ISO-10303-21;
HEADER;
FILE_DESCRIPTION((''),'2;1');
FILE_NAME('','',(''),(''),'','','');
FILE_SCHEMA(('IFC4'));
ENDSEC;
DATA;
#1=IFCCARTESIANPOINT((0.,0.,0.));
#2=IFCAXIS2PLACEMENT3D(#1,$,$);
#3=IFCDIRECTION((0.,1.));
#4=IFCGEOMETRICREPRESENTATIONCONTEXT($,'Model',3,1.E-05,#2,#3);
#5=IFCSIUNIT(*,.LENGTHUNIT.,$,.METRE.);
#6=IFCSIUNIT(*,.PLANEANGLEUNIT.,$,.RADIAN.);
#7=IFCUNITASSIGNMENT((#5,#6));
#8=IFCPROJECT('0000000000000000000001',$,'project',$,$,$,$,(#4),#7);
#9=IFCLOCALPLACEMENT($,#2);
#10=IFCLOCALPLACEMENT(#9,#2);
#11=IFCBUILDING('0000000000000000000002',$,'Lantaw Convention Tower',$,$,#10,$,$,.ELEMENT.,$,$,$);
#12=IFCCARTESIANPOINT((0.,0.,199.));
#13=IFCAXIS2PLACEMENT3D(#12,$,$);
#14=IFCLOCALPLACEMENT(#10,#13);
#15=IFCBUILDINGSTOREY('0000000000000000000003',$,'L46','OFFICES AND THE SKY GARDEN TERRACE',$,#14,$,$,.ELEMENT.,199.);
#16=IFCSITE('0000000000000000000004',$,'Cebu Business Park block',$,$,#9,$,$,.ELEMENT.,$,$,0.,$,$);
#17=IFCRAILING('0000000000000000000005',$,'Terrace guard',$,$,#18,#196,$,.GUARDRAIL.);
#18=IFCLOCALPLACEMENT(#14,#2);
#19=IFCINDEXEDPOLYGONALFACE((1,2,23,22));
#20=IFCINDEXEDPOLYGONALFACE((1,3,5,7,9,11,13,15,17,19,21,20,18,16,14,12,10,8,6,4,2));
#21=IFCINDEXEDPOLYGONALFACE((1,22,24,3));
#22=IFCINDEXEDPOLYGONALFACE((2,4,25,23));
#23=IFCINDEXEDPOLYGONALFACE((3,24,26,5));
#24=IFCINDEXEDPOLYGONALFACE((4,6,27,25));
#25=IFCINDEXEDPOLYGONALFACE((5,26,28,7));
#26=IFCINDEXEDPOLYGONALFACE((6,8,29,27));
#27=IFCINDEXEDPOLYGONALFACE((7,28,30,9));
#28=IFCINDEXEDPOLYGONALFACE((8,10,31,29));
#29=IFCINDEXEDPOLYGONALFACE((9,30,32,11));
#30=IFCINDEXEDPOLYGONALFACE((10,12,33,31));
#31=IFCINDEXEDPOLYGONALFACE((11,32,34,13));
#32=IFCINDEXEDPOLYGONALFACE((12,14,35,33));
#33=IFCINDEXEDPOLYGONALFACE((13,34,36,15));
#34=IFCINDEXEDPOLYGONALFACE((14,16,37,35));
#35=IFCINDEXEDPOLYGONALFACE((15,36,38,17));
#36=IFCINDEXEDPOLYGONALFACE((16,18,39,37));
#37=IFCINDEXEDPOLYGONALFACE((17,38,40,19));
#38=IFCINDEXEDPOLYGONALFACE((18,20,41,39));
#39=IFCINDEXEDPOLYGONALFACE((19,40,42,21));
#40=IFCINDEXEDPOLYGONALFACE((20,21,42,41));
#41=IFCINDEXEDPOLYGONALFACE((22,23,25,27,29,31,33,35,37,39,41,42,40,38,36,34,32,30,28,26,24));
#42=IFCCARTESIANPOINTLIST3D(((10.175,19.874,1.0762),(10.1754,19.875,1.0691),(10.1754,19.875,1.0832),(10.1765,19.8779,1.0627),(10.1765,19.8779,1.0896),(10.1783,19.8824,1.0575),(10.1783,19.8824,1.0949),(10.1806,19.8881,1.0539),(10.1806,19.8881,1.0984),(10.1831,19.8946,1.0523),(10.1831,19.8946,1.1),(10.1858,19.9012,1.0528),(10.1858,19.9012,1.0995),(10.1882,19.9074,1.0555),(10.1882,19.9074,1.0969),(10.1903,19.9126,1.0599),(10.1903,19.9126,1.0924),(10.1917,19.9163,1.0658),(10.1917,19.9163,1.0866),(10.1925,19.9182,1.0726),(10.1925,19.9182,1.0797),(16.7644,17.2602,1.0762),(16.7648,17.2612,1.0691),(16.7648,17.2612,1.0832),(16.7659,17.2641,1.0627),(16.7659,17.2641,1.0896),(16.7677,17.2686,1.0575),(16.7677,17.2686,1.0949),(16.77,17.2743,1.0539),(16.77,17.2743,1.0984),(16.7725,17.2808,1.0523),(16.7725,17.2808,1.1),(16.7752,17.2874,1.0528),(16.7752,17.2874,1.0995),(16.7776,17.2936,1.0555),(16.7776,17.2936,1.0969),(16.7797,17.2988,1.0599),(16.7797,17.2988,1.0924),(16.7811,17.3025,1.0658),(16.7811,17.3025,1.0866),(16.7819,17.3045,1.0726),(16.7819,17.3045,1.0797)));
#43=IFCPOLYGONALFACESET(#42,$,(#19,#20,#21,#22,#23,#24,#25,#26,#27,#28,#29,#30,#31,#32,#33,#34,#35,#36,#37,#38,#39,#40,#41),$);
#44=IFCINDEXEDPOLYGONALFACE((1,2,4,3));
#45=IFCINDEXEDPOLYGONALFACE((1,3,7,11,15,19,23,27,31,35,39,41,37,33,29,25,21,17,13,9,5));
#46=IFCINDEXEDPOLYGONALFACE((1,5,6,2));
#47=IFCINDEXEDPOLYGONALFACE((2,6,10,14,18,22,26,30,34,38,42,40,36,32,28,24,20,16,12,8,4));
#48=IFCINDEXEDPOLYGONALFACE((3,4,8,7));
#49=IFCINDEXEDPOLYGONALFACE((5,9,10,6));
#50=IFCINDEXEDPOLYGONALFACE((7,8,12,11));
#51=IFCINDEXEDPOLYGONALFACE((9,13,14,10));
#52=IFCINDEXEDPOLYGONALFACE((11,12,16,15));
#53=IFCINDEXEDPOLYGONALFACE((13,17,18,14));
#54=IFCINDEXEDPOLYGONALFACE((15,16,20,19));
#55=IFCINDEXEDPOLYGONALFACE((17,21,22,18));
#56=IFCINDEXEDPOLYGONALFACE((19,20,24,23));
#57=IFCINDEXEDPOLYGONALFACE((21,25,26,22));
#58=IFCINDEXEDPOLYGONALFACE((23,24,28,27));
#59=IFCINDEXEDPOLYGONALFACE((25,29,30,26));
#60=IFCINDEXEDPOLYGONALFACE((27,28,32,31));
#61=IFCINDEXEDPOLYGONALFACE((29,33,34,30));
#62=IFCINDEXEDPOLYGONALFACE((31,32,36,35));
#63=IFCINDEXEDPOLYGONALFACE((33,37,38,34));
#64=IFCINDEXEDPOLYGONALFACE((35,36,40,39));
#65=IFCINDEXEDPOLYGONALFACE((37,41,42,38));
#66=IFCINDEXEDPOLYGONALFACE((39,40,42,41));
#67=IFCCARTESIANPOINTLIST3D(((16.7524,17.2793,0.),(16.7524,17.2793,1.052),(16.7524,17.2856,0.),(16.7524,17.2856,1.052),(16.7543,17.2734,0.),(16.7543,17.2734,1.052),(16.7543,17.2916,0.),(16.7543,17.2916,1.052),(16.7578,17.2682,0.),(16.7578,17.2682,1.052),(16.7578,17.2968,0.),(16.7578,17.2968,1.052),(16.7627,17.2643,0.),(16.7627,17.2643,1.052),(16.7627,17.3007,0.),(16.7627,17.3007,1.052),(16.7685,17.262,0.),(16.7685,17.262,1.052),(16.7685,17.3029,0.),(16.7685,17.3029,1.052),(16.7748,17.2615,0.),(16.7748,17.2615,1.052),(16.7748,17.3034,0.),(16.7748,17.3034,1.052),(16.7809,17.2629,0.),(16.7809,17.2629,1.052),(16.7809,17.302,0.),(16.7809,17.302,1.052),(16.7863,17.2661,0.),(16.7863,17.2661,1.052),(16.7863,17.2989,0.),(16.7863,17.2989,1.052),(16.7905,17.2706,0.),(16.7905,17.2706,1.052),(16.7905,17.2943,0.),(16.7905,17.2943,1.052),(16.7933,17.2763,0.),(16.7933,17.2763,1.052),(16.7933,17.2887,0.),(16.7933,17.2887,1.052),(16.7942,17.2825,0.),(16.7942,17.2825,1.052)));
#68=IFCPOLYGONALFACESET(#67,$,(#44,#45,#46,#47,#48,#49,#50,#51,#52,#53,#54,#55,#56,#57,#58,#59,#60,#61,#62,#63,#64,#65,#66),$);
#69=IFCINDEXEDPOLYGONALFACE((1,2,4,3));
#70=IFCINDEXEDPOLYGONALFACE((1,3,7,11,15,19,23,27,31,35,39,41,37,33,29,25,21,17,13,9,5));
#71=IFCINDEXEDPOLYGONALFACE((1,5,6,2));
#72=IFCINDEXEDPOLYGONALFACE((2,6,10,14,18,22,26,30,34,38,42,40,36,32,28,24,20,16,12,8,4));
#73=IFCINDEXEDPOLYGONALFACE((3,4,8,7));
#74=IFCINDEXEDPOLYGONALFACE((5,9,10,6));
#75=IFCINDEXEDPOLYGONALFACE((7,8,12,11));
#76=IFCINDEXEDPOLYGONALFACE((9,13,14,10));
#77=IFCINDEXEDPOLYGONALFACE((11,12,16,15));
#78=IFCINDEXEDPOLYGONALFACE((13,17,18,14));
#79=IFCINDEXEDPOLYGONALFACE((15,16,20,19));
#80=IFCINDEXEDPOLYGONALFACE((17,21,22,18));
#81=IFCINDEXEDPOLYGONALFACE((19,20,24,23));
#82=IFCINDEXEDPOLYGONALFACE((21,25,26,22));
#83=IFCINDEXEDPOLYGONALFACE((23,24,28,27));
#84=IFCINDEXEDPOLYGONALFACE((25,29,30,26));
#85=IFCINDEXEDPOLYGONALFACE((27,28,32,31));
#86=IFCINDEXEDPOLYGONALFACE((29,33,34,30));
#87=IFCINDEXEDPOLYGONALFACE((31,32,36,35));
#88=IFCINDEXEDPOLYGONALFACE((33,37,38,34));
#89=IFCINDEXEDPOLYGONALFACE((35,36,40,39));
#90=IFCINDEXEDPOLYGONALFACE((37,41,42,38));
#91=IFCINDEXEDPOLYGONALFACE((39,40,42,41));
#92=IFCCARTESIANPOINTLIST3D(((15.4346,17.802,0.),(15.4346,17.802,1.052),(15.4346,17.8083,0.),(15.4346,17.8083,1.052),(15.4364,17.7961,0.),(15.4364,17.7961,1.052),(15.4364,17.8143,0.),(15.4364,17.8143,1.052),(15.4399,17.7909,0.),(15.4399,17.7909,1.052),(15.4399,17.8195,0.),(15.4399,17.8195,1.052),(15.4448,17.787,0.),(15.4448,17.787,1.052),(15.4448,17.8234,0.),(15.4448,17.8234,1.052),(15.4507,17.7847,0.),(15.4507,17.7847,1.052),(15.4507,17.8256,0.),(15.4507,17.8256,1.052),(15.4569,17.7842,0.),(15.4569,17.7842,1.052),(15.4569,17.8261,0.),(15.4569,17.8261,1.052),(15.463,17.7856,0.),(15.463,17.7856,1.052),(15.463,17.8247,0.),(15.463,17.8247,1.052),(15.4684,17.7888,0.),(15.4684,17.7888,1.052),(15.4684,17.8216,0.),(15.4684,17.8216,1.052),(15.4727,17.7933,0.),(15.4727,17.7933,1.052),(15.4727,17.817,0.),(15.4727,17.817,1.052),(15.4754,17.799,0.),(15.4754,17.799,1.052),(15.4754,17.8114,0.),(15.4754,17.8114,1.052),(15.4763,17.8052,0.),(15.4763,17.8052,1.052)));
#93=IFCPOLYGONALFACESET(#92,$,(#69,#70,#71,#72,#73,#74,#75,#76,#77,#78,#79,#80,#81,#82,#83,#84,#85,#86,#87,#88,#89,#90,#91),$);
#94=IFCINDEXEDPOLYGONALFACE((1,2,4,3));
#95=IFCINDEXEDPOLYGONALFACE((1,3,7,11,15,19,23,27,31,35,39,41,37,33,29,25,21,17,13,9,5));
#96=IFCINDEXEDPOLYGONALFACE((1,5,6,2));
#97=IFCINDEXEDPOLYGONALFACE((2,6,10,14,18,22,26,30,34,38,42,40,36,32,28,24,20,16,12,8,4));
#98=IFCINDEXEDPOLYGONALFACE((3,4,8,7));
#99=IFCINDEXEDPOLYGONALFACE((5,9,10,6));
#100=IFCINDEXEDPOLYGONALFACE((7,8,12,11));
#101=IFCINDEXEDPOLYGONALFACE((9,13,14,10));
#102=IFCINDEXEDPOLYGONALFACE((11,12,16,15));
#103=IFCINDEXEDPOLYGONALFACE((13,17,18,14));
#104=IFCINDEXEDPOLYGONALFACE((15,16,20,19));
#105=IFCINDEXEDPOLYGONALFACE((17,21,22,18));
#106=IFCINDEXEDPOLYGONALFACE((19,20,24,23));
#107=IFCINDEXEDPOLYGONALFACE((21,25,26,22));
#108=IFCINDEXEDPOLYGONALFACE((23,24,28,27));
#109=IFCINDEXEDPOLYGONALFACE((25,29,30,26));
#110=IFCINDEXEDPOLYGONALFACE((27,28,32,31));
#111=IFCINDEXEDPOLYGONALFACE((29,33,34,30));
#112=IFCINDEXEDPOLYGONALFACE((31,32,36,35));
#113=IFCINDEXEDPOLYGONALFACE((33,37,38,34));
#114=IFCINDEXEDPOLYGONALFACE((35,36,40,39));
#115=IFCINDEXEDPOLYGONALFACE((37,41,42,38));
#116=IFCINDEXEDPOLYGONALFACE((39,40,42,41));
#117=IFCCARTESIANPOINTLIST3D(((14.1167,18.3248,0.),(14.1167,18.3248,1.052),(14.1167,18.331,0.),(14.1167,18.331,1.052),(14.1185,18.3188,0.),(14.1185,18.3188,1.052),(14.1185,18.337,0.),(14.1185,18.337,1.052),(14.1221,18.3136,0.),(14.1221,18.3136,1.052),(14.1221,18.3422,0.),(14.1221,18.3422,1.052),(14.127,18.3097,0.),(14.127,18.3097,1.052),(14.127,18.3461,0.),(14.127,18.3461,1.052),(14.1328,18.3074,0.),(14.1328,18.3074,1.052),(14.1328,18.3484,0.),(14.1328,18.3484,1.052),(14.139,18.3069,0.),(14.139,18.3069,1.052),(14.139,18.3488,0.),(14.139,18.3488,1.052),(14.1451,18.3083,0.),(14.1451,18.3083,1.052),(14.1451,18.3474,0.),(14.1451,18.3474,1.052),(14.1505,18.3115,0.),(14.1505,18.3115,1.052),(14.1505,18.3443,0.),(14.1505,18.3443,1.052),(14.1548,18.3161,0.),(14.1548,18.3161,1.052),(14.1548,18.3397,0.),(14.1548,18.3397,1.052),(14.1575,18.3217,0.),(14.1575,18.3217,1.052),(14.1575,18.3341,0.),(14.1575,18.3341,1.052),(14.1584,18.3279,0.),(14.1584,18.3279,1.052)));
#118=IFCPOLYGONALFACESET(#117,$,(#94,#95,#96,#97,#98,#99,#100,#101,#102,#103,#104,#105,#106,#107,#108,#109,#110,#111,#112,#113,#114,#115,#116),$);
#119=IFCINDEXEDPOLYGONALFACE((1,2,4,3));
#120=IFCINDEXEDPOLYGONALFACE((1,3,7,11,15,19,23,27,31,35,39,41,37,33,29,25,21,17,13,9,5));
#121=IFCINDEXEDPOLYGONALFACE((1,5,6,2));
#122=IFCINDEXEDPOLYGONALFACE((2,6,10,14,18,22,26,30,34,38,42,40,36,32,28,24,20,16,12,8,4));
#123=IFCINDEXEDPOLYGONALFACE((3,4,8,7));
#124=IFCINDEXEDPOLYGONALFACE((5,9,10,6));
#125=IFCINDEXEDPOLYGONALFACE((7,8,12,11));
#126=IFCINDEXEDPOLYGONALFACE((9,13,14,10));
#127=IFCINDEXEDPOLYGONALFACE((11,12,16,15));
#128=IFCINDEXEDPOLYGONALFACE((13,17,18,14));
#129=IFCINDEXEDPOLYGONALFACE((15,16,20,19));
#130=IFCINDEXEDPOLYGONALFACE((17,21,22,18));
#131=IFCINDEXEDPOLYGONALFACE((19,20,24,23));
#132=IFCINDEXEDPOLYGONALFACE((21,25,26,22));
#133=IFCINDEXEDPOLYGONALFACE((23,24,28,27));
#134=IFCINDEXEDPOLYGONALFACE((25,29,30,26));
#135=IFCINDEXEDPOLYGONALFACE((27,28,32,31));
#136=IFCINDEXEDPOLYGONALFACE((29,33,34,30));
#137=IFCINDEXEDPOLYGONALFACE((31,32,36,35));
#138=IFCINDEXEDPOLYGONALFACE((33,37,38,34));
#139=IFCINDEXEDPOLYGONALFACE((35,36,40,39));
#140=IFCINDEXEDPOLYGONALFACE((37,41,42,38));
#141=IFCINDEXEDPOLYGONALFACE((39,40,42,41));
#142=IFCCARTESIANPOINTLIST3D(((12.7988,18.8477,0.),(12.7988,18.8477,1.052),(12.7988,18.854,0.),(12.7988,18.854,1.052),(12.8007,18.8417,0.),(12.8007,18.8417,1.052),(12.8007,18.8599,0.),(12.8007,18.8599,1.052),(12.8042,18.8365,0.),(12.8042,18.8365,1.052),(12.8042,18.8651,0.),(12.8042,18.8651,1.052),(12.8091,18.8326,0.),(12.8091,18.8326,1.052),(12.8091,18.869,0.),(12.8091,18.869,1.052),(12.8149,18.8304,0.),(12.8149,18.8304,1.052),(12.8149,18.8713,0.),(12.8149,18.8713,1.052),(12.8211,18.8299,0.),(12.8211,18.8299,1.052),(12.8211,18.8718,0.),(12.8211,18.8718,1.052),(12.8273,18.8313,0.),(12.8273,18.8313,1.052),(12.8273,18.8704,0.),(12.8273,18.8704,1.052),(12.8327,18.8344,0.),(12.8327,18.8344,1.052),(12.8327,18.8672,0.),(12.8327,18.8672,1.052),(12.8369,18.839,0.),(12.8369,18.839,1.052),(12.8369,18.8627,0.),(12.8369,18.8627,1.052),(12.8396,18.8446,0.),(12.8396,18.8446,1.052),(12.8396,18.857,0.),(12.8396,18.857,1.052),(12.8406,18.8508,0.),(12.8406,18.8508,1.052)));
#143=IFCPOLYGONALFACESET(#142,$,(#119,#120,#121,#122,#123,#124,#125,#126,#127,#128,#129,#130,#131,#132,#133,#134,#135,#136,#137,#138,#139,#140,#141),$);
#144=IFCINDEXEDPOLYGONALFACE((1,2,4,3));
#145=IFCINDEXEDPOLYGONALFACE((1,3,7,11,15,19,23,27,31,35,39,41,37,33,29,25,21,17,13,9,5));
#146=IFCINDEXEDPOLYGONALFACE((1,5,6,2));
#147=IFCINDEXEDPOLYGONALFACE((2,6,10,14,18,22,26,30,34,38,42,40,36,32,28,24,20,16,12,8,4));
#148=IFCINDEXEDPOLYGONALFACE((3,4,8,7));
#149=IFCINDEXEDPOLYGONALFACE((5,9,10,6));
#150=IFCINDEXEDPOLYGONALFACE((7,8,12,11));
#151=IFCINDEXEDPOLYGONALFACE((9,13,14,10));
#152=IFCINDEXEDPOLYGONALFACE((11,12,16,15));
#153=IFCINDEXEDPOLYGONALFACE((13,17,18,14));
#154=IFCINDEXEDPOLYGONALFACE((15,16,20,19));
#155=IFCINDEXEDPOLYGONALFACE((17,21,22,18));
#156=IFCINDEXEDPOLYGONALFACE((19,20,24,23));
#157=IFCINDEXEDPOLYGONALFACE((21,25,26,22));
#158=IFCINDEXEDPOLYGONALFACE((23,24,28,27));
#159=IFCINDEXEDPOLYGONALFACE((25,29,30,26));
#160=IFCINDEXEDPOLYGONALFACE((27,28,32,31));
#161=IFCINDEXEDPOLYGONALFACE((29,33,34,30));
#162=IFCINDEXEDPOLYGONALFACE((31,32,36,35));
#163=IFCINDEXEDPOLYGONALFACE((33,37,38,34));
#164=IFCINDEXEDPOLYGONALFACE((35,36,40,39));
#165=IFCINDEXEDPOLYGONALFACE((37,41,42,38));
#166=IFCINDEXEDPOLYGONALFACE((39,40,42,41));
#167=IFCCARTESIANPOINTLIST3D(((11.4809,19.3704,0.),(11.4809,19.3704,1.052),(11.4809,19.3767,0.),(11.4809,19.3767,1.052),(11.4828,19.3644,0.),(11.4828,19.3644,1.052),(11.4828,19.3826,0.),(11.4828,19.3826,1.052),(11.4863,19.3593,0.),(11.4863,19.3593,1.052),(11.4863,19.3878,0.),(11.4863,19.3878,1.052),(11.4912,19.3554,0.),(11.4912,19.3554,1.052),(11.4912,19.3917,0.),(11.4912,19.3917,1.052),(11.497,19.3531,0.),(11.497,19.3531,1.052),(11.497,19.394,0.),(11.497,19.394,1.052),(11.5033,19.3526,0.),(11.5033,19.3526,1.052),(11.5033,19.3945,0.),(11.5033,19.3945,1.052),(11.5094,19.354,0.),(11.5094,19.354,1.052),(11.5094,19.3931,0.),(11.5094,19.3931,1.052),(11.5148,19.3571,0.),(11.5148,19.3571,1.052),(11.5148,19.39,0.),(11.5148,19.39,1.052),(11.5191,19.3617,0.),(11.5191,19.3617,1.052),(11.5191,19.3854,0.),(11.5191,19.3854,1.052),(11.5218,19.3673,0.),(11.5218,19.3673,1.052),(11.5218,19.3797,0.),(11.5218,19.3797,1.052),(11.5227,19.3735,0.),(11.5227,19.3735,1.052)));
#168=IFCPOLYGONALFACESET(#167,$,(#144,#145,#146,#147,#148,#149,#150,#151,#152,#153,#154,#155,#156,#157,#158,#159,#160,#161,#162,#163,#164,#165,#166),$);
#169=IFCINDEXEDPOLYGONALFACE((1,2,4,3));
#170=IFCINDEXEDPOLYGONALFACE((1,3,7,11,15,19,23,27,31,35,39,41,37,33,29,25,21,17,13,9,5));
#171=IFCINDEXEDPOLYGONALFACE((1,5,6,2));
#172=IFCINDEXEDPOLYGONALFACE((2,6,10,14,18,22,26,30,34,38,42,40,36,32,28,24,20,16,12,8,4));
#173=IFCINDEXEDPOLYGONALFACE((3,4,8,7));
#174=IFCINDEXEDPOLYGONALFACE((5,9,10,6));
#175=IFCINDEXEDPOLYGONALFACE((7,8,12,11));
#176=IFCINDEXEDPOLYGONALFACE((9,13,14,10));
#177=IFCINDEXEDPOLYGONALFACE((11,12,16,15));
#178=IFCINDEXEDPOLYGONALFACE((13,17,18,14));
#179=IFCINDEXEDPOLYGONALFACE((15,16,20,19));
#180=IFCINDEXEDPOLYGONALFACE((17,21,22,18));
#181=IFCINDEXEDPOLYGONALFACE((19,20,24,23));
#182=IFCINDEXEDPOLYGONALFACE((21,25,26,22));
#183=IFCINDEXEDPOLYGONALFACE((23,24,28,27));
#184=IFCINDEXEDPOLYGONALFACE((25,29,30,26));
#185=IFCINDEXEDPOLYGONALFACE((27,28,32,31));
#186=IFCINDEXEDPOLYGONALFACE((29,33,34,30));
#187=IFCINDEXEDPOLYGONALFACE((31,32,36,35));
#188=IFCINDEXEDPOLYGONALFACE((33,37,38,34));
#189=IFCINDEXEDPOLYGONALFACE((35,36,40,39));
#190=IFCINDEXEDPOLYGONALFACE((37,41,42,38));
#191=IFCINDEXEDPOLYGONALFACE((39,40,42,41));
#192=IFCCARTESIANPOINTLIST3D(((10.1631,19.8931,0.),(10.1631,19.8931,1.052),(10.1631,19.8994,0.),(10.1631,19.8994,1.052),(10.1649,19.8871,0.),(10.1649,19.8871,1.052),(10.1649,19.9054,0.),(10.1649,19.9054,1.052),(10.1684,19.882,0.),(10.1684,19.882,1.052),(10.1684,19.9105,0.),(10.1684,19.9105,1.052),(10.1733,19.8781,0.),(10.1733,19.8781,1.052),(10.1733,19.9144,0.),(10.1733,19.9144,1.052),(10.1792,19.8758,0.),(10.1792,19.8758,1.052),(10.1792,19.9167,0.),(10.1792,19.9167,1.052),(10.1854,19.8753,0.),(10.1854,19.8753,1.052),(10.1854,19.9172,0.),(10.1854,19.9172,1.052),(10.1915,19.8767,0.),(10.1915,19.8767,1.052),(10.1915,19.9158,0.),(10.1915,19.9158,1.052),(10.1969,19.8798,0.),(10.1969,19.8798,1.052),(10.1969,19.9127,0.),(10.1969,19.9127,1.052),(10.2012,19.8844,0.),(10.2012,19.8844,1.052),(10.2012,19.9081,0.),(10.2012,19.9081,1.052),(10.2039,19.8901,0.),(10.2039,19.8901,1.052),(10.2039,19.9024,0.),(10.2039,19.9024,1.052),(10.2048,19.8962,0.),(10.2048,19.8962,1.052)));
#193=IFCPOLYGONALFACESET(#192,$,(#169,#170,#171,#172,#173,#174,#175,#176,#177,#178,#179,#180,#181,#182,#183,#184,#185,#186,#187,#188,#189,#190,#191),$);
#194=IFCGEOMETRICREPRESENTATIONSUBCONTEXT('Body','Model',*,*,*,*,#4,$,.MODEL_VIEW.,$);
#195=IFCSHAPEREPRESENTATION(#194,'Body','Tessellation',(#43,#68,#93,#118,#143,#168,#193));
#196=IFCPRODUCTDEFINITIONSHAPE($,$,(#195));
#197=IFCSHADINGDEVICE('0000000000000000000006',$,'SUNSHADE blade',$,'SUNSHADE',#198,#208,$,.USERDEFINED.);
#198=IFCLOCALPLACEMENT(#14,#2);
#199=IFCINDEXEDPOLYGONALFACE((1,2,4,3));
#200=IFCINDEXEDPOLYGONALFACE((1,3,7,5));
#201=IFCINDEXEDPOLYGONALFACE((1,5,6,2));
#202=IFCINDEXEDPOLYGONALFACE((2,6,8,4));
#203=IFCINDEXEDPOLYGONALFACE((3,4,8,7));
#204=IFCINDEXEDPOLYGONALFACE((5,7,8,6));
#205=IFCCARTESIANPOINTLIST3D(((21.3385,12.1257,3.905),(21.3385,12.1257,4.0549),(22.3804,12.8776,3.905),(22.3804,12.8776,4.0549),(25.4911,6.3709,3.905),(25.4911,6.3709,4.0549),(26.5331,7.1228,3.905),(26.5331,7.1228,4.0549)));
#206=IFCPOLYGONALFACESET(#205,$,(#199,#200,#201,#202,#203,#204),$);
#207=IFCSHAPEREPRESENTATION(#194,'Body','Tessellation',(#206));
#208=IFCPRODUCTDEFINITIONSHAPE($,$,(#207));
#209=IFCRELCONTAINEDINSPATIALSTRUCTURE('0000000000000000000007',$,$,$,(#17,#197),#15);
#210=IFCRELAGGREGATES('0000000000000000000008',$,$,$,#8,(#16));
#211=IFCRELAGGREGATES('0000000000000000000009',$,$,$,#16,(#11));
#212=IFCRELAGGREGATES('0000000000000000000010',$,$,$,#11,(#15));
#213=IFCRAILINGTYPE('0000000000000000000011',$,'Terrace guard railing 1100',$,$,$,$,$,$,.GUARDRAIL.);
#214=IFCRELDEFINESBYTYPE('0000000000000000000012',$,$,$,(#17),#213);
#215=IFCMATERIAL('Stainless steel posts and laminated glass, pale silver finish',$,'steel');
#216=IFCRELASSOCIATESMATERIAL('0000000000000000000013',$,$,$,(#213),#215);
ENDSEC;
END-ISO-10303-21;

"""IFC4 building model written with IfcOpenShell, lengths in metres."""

from ifc_helpers import new_model, si_unit, direction, frame, origin, origin_2d, place, context, subcontext, project, spatial, rectangle, circle, extrude, material, type_object, element, save


model = new_model("IFC4")

# Units and contexts
model_context = context("Model", 3, precision=1e-05, world=origin(), true_north=direction((0.0, 1.0)))
body_context = subcontext(model_context, "Body", "Model", "MODEL_VIEW")
ifc_project = project(units=[si_unit("LENGTHUNIT", "METRE"), si_unit("PLANEANGLEUNIT", "RADIAN")], contexts=[model_context])

# Site, building, storey
site_placement = place(None, origin())
site = spatial("IfcSite", under=ifc_project, at=site_placement, Name="Cebu Business Park block", CompositionType="ELEMENT", RefElevation=0.0)
building_placement = place(site_placement, origin())
building = spatial("IfcBuilding", under=site, at=building_placement, Name="Lantaw Convention Tower", CompositionType="ELEMENT")
storey_placement = place(building_placement, frame((0.0, 0.0, 199.0)))
storey = spatial("IfcBuildingStorey", under=building, at=storey_placement, Name="L46", Description="OFFICES AND THE SKY GARDEN TERRACE", CompositionType="ELEMENT", Elevation=199.0)

# Railing
ifc_material_1 = material(Name="Stainless steel posts and laminated glass, pale silver finish", Category="steel")
railing_type = type_object("IfcRailingType", Name="Terrace guard railing 1100", PredefinedType="GUARDRAIL", material=ifc_material_1)
railing_1_placement = place(storey_placement, frame((16.7732, 17.2825, 0.0)))
element("IfcRailing", 1, at=railing_1_placement, inside=storey, type_object=railing_type, Name="Terrace guard", PredefinedType="GUARDRAIL", context=body_context, shape_type="SweptSolid", body=[
    extrude(circle(Radius=0.0239, at=origin_2d()), frame((0.0, 0.0, 1.0762), z_axis=(-0.929542, 0.368717, 0.0), x_axis=(-0.368717, -0.929542, 0.0)), (0.0, 0.0, 1.0), 7.0889),
    extrude(circle(Radius=0.021, at=origin_2d()), origin(), (0.0, 0.0, 1.0), 1.052),
    extrude(circle(Radius=0.021, at=origin_2d()), frame((-1.3179, 0.5227, 0.0)), (0.0, 0.0, 1.0), 1.052),
    extrude(circle(Radius=0.021, at=origin_2d()), frame((-2.6357, 1.0454, 0.0)), (0.0, 0.0, 1.0), 1.052),
    extrude(circle(Radius=0.021, at=origin_2d()), frame((-3.9536, 1.5684, 0.0)), (0.0, 0.0, 1.0), 1.052),
    extrude(circle(Radius=0.021, at=origin_2d()), frame((-5.2715, 2.0911, 0.0)), (0.0, 0.0, 1.0), 1.052),
    extrude(circle(Radius=0.021, at=origin_2d()), frame((-6.5894, 2.6138, 0.0)), (0.0, 0.0, 1.0), 1.052),
])

# Shading device
shading_device_1_placement = place(storey_placement, frame((23.9358, 9.6243, 3.905), z_axis=(0.0, 0.0, 1.0), x_axis=(-0.585158, 0.81092, 0.0)))
element("IfcShadingDevice", 2, at=shading_device_1_placement, inside=storey, Name="SUNSHADE blade", ObjectType="SUNSHADE", PredefinedType="USERDEFINED", context=body_context, shape_type="SweptSolid", body=[
    extrude(rectangle(XDim=7.0967, YDim=1.2849, at=origin_2d()), origin(), (0.0, 0.0, 1.0), 0.1499),
])

save(model, "model.ifc")
